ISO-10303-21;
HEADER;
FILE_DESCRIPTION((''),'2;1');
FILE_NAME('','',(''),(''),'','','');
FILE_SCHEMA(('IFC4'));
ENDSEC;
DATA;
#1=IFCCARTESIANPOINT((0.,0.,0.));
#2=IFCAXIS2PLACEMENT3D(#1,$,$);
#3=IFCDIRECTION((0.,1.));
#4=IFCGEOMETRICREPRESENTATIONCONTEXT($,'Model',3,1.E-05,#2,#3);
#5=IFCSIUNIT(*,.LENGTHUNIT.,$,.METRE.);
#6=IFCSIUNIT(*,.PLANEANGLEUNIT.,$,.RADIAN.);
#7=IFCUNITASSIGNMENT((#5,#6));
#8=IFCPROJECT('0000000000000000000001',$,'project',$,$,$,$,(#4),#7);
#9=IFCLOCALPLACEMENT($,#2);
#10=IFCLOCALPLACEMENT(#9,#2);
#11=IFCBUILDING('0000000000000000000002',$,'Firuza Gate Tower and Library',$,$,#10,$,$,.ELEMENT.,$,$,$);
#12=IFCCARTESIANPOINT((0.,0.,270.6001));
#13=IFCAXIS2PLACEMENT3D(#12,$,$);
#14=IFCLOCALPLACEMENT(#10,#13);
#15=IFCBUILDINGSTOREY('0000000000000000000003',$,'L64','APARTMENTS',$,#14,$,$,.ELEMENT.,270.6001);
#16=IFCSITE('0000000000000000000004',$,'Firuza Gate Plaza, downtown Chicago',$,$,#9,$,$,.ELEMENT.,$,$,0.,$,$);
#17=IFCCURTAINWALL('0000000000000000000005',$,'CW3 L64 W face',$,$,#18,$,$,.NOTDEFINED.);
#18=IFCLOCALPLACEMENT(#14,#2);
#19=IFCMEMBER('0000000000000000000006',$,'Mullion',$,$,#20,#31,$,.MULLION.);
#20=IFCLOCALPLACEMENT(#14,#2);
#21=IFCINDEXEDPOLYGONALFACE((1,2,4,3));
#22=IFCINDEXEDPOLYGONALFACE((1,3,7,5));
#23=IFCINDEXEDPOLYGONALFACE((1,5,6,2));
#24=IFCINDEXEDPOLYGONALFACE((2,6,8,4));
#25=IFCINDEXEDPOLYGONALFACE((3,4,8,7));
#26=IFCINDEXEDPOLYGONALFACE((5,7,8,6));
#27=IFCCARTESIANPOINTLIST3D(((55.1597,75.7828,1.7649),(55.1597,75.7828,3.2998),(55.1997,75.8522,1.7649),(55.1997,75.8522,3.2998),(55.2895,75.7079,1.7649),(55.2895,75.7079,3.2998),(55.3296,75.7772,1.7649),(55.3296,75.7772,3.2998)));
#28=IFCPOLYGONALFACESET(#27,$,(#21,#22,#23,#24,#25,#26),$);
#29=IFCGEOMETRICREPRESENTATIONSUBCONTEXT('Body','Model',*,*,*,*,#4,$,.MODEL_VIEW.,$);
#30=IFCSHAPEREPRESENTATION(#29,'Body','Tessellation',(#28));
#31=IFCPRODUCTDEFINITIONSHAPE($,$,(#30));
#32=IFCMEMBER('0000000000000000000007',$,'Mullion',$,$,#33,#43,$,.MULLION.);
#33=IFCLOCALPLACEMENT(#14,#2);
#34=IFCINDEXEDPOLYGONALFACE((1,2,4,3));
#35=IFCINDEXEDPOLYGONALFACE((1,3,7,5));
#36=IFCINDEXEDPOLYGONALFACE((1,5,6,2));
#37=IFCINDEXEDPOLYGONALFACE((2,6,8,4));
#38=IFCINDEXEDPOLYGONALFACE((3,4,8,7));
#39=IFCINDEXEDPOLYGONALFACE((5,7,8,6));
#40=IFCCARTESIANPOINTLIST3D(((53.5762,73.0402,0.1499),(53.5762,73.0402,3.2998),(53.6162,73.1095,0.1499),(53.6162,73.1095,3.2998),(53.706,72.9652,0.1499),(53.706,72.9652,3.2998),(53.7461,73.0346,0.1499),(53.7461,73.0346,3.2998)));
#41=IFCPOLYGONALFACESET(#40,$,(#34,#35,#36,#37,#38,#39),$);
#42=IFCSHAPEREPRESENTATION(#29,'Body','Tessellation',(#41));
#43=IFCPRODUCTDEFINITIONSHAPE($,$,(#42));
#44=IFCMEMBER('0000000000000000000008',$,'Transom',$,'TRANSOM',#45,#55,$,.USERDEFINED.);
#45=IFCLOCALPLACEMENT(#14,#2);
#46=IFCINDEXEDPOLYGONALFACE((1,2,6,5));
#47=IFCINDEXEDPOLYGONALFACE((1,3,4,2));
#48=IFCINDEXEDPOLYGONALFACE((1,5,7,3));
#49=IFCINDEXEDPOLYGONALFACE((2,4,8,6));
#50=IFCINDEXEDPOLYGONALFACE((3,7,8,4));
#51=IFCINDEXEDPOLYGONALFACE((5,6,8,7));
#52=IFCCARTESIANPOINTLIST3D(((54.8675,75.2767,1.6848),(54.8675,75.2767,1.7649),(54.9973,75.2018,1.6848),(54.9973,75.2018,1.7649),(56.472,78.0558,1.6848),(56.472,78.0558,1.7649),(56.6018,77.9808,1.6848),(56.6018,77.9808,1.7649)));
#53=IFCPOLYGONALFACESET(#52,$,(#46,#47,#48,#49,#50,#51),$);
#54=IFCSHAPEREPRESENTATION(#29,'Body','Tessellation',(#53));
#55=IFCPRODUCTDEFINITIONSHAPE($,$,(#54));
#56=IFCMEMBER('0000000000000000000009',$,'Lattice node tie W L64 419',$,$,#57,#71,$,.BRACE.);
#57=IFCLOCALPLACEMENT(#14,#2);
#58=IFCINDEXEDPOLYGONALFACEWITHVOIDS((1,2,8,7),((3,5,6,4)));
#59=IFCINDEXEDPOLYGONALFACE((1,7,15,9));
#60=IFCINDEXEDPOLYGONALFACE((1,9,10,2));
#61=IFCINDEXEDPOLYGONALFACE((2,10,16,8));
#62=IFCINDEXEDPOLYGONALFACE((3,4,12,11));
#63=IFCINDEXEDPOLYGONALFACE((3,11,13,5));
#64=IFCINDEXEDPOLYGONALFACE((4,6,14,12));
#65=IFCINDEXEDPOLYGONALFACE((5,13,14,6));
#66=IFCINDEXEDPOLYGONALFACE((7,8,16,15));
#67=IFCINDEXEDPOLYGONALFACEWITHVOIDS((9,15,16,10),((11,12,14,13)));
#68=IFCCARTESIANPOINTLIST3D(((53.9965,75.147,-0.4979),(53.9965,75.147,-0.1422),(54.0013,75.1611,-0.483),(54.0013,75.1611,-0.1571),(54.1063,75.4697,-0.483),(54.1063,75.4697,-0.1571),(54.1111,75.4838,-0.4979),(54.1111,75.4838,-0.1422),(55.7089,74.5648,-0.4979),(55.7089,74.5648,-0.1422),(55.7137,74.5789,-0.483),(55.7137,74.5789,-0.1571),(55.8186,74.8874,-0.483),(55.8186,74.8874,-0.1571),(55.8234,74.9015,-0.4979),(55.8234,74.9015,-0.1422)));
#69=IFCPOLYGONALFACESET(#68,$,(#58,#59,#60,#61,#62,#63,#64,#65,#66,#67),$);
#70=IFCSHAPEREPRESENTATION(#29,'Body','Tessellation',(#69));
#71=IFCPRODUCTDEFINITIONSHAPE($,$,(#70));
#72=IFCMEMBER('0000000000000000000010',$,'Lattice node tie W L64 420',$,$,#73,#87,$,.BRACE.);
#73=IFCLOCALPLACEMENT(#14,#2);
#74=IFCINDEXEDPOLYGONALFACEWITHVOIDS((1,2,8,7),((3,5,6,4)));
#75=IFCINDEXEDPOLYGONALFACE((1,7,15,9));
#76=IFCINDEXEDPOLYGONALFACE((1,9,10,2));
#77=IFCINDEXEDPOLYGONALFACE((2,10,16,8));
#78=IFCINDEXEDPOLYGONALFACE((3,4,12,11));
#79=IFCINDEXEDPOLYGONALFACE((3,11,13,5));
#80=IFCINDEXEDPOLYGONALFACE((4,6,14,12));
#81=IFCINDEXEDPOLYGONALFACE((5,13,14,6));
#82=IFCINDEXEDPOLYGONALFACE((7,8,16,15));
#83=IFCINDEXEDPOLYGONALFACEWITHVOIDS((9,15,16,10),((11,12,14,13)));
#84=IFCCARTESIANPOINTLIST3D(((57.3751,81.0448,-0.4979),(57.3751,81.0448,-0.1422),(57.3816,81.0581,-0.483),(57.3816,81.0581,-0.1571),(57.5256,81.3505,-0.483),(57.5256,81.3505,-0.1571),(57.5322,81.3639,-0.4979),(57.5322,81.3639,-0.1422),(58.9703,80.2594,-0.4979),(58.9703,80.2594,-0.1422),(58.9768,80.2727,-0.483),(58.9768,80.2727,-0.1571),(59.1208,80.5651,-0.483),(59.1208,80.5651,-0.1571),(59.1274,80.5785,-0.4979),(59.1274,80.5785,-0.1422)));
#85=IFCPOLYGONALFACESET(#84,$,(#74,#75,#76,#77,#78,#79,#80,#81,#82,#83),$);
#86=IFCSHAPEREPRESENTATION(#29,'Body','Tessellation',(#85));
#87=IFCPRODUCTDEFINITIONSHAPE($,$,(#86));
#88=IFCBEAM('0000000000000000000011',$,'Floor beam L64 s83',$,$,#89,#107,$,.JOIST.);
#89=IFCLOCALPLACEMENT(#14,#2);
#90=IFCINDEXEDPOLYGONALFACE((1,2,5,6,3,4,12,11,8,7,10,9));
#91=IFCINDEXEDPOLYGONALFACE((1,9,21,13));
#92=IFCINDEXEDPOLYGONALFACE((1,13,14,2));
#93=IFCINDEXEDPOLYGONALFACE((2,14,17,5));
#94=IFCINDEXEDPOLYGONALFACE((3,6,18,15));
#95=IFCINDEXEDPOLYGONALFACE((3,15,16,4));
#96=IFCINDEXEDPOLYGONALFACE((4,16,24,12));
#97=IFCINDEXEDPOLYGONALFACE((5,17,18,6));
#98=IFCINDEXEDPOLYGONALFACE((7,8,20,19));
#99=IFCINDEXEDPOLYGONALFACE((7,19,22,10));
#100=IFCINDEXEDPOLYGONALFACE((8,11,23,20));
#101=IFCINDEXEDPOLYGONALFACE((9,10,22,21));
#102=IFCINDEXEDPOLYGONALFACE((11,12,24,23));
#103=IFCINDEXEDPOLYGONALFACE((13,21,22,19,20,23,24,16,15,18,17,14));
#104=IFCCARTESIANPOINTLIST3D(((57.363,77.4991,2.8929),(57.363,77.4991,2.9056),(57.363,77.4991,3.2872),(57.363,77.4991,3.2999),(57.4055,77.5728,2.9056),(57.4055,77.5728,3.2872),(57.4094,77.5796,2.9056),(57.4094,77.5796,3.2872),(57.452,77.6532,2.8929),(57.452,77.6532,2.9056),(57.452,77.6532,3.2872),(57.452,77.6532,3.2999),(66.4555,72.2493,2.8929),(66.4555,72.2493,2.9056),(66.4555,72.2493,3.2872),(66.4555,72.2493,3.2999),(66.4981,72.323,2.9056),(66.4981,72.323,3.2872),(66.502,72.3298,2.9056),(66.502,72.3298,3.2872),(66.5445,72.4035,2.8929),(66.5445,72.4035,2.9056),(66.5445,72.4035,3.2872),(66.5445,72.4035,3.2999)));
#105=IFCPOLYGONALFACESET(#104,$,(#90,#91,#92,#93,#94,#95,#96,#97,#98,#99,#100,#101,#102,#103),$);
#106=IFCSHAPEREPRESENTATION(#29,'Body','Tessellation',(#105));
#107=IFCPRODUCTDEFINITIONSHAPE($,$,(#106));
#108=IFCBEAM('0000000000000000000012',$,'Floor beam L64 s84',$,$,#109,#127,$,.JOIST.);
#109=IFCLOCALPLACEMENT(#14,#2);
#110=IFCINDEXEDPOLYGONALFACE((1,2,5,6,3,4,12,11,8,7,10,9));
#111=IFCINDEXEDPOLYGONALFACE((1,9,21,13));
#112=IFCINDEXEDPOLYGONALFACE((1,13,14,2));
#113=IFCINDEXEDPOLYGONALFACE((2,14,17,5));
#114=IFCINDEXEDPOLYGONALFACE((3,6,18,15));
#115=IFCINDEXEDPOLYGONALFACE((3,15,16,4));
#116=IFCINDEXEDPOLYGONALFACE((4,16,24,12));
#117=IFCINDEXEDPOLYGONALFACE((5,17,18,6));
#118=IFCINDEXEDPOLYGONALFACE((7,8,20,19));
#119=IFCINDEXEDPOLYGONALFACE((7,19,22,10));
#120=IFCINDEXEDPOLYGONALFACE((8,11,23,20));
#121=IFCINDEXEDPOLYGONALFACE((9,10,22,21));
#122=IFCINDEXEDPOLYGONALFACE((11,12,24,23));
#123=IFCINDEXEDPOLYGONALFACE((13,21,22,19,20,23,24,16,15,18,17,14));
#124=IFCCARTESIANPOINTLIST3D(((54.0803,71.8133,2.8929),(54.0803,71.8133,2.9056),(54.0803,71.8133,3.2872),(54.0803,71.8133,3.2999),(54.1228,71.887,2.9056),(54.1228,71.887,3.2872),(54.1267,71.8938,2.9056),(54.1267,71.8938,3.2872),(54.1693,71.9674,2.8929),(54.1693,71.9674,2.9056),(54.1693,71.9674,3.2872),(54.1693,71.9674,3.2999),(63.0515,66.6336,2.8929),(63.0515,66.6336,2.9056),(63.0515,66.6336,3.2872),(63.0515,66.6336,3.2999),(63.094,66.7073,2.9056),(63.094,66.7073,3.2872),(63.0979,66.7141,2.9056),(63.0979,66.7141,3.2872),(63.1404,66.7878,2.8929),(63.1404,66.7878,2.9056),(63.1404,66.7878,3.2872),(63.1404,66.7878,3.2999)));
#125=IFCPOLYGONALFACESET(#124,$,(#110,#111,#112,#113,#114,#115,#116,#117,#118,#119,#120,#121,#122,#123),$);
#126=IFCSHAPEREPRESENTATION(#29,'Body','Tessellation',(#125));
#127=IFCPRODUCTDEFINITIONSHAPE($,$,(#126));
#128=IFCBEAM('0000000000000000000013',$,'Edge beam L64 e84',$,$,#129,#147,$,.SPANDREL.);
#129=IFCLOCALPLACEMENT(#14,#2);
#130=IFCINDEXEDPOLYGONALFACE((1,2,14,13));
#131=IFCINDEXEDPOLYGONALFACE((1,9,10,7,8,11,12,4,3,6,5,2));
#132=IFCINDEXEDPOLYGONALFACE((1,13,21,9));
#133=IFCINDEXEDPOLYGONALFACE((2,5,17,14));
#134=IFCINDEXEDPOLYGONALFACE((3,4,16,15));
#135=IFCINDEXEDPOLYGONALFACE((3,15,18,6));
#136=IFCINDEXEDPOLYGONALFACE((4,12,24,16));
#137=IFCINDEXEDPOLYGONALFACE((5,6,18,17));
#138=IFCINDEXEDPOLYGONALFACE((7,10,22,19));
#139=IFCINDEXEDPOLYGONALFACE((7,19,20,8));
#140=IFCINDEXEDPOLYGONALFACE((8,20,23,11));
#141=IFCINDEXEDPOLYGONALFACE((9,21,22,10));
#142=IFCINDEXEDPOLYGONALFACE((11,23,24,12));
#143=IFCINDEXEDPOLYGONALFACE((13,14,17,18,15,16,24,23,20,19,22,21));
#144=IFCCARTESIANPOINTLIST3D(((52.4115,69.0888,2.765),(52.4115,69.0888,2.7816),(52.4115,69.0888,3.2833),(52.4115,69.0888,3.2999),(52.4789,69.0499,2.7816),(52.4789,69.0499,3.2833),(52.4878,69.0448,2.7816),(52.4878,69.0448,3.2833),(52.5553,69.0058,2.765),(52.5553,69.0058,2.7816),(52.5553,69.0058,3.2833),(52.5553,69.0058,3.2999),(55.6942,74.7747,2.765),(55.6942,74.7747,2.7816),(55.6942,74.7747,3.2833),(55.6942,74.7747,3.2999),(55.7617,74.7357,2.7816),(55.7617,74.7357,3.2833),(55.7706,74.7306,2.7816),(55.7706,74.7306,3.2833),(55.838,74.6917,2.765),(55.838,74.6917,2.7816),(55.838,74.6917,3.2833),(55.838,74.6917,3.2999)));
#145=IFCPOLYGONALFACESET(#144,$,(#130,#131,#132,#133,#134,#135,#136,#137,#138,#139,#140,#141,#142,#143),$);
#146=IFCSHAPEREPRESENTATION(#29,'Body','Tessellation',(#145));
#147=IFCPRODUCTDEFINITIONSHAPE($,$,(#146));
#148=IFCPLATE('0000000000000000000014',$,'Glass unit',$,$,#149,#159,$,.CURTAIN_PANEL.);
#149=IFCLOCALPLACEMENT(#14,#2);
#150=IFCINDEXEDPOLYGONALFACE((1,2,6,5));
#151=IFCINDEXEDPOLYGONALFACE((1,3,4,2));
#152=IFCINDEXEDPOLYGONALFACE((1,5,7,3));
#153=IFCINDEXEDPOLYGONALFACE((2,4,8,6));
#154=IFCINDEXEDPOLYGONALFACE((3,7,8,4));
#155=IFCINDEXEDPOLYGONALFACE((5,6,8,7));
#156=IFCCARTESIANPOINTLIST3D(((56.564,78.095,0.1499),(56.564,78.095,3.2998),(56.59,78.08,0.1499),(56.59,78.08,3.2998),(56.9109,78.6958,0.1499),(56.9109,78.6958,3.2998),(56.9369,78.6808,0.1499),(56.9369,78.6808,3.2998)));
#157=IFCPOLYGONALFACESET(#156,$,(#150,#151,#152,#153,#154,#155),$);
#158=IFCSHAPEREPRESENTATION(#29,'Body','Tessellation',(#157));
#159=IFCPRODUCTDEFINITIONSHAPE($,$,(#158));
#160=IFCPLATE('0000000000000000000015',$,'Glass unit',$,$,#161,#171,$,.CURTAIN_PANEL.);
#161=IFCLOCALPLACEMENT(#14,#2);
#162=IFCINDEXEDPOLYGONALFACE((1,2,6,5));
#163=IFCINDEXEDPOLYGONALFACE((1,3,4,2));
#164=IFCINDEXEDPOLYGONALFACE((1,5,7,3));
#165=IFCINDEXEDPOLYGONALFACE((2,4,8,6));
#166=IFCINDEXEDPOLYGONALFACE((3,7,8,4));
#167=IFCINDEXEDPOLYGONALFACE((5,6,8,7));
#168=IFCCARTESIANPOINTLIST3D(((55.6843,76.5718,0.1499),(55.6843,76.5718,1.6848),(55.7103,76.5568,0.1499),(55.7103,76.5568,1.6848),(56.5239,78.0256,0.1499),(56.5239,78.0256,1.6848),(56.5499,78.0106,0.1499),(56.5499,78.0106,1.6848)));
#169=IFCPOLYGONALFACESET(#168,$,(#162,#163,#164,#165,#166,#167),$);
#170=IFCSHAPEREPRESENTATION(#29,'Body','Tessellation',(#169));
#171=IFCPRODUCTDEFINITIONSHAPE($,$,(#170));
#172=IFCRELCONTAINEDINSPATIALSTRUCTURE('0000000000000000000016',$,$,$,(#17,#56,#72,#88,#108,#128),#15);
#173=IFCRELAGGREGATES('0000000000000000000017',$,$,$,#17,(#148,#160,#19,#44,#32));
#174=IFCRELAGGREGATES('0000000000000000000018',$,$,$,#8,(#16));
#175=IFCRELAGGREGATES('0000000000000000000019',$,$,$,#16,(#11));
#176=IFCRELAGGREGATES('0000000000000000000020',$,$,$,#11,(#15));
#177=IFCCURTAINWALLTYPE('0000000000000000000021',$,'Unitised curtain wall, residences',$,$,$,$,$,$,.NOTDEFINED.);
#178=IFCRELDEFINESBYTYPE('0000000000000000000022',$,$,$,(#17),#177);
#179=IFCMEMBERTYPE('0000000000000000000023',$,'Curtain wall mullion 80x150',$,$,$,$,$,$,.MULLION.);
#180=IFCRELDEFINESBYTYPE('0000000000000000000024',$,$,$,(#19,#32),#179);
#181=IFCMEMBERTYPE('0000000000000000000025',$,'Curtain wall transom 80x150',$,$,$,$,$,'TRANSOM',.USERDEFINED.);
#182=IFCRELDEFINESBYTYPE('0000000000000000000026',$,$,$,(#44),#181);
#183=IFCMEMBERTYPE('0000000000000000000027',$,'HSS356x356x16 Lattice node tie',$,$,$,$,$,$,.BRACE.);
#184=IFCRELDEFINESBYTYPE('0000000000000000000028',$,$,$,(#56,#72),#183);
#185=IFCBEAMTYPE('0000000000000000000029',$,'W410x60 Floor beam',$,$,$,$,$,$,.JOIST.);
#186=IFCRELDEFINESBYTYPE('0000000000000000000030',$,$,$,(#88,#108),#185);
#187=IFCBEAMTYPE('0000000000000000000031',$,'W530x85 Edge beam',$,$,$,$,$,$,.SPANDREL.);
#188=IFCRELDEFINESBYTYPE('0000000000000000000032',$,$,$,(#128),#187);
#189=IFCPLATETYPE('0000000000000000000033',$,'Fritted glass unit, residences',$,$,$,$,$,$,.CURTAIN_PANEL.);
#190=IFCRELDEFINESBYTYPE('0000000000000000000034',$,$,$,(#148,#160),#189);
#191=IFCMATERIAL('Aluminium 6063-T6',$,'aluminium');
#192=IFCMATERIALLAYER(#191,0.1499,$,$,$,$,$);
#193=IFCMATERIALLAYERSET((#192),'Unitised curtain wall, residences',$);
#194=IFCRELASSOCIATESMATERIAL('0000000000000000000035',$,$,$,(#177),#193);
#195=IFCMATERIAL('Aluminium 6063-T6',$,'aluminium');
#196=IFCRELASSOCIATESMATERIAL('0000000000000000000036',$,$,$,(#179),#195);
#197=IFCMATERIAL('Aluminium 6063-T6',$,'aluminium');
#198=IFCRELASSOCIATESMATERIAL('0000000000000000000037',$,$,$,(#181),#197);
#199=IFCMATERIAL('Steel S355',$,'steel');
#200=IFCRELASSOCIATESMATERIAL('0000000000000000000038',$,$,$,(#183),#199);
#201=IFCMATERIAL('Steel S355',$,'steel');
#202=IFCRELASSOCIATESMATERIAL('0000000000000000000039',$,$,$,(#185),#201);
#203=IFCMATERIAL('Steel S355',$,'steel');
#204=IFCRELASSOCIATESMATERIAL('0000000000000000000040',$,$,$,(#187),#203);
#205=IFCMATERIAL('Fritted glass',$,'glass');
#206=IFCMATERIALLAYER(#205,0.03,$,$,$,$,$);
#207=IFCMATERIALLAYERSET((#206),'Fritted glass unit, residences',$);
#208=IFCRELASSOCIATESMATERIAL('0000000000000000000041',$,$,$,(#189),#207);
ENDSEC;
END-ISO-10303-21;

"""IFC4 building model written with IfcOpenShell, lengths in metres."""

from ifc_helpers import new_model, si_unit, direction, frame, origin, origin_2d, place, context, subcontext, project, spatial, polyline, rectangle, hollow_rectangle, i_section, outline, extrude, material, layer, layer_set, material_profile, profile_set, type_object, element, aggregate, save


model = new_model("IFC4")

# Units and contexts
model_context = context("Model", 3, precision=1e-05, world=origin(), true_north=direction((0.0, 1.0)))
body_context = subcontext(model_context, "Body", "Model", "MODEL_VIEW")
ifc_project = project(units=[si_unit("LENGTHUNIT", "METRE"), si_unit("PLANEANGLEUNIT", "RADIAN")], contexts=[model_context])

# Site, building, storey
site_placement = place(None, origin())
site = spatial("IfcSite", under=ifc_project, at=site_placement, Name="Firuza Gate Plaza, downtown Chicago", CompositionType="ELEMENT", RefElevation=0.0)
building_placement = place(site_placement, origin())
building = spatial("IfcBuilding", under=site, at=building_placement, Name="Firuza Gate Tower and Library", CompositionType="ELEMENT")
storey_placement = place(building_placement, frame((0.0, 0.0, 270.6001)))
storey = spatial("IfcBuildingStorey", under=building, at=storey_placement, Name="L64", Description="APARTMENTS", CompositionType="ELEMENT", Elevation=270.6001)

# Curtain wall, members
ifc_material_1 = material(Name="Aluminium 6063-T6", Category="aluminium")
ifc_layer_1 = layer(ifc_material_1, 0.1499)
ifc_layer_set_1 = layer_set([ifc_layer_1], Name="Unitised curtain wall, residences")
curtain_wall_type = type_object("IfcCurtainWallType", Name="Unitised curtain wall, residences", PredefinedType="NOTDEFINED", material=ifc_layer_set_1)
curtain_wall_placement = place(storey_placement, origin())
curtain_wall = element("IfcCurtainWall", 1, at=curtain_wall_placement, inside=storey, type_object=curtain_wall_type, Name="CW3 L64 W face", PredefinedType="NOTDEFINED")
ifc_material_2 = material(Name="Aluminium 6063-T6", Category="aluminium")
ifc_material_profile_1 = material_profile(ifc_material_2, rectangle(XDim=0.1499, YDim=0.0801, at=origin_2d()))
ifc_profile_set_1 = profile_set([ifc_material_profile_1], Name="Aluminium 6063-T6")
member_type_1 = type_object("IfcMemberType", Name="Curtain wall mullion 80x150", PredefinedType="MULLION", material=ifc_profile_set_1)
member_1_placement = place(storey_placement, frame((55.2446, 75.78, 1.7649), z_axis=(0.0, 0.0, 1.0), x_axis=(0.866025, -0.5, 0.0)))
member_1 = element("IfcMember", 2, at=member_1_placement, type_object=member_type_1, Name="Mullion", PredefinedType="MULLION", context=body_context, shape_type="SweptSolid", body=[
    extrude(rectangle(XDim=0.1499, YDim=0.0801, at=origin_2d()), origin(), (0.0, 0.0, 1.0), 1.5349),
])
member_2_placement = place(storey_placement, frame((53.6611, 73.0374, 0.1499), z_axis=(0.0, 0.0, 1.0), x_axis=(0.866025, -0.5, 0.0)))
member_2 = element("IfcMember", 3, at=member_2_placement, type_object=member_type_1, Name="Mullion", PredefinedType="MULLION", context=body_context, shape_type="SweptSolid", body=[
    extrude(rectangle(XDim=0.1499, YDim=0.0801, at=origin_2d()), origin(), (0.0, 0.0, 1.0), 3.1499),
])
ifc_material_3 = material(Name="Aluminium 6063-T6", Category="aluminium")
ifc_material_profile_2 = material_profile(ifc_material_3, rectangle(XDim=0.1499, YDim=0.0801, at=origin_2d()))
ifc_profile_set_2 = profile_set([ifc_material_profile_2], Name="Aluminium 6063-T6")
member_type_2 = type_object("IfcMemberType", Name="Curtain wall transom 80x150", ElementType="TRANSOM", PredefinedType="USERDEFINED", material=ifc_profile_set_2)
member_3_placement = place(storey_placement, frame((56.5369, 78.0183, 1.7249), z_axis=(-0.500001, -0.866025, 0.0), x_axis=(0.866025, -0.500001, 0.0)))
member_3 = element("IfcMember", 4, at=member_3_placement, type_object=member_type_2, Name="Transom", ObjectType="TRANSOM", PredefinedType="USERDEFINED", context=body_context, shape_type="SweptSolid", body=[
    extrude(rectangle(XDim=0.1499, YDim=0.0801, at=origin_2d()), origin(), (0.0, 0.0, 1.0), 3.209),
])

# Members
ifc_material_4 = material(Name="Steel S355", Category="steel")
ifc_material_profile_3 = material_profile(ifc_material_4, hollow_rectangle(XDim=0.3557, YDim=0.3557, WallThickness=0.0149, at=origin_2d()))
ifc_profile_set_3 = profile_set([ifc_material_profile_3], Name="Steel S355")
member_type_3 = type_object("IfcMemberType", Name="HSS356x356x16 Lattice node tie", PredefinedType="BRACE", material=ifc_profile_set_3)
member_4_placement = place(storey_placement, frame((55.7661, 74.7332, -0.3201), z_axis=(-0.946763, 0.321932, 0.0), x_axis=(-0.321932, -0.946763, 0.0)))
element("IfcMember", 5, at=member_4_placement, inside=storey, type_object=member_type_3, Name="Lattice node tie W L64 419", PredefinedType="BRACE", context=body_context, shape_type="SweptSolid", body=[
    extrude(hollow_rectangle(XDim=0.3557, YDim=0.3557, WallThickness=0.0149, at=origin_2d()), origin(), (0.0, 0.0, 1.0), 1.8086),
])
member_5_placement = place(storey_placement, frame((59.0488, 80.4189, -0.3201), z_axis=(-0.897156, 0.441713, 0.0), x_axis=(-0.441713, -0.897156, 0.0)))
element("IfcMember", 6, at=member_5_placement, inside=storey, type_object=member_type_3, Name="Lattice node tie W L64 420", PredefinedType="BRACE", context=body_context, shape_type="SweptSolid", body=[
    extrude(hollow_rectangle(XDim=0.3557, YDim=0.3557, WallThickness=0.0149, at=origin_2d()), origin(), (0.0, 0.0, 1.0), 1.7781),
])

# Beams
ifc_material_5 = material(Name="Steel S355", Category="steel")
ifc_material_profile_4 = material_profile(ifc_material_5, i_section(OverallWidth=0.178, OverallDepth=0.407, WebThickness=0.0078, FlangeThickness=0.0127, at=origin_2d()))
ifc_profile_set_4 = profile_set([ifc_material_profile_4], Name="Steel S355")
beam_type_1 = type_object("IfcBeamType", Name="W410x60 Floor beam", PredefinedType="JOIST", material=ifc_profile_set_4)
beam_1_placement = place(storey_placement, frame((57.4075, 77.5762, 3.0964), z_axis=(0.866018, -0.500013, 0.0), x_axis=(0.500013, 0.866018, 0.0)))
element("IfcBeam", 7, at=beam_1_placement, inside=storey, type_object=beam_type_1, Name="Floor beam L64 s83", PredefinedType="JOIST", context=body_context, shape_type="SweptSolid", body=[
    extrude(i_section(OverallWidth=0.178, OverallDepth=0.407, WebThickness=0.0078, FlangeThickness=0.0127, at=origin_2d()), origin(), (0.0, 0.0, 1.0), 10.4993),
])
beam_2_placement = place(storey_placement, frame((54.1248, 71.8904, 3.0964), z_axis=(0.866018, -0.500012, 0.0), x_axis=(0.500012, 0.866018, 0.0)))
element("IfcBeam", 8, at=beam_2_placement, inside=storey, type_object=beam_type_1, Name="Floor beam L64 s84", PredefinedType="JOIST", context=body_context, shape_type="SweptSolid", body=[
    extrude(i_section(OverallWidth=0.178, OverallDepth=0.407, WebThickness=0.0078, FlangeThickness=0.0127, at=origin_2d()), origin(), (0.0, 0.0, 1.0), 10.3591),
])
ifc_material_6 = material(Name="Steel S355", Category="steel")
ifc_material_profile_5 = material_profile(ifc_material_6, i_section(OverallWidth=0.166, OverallDepth=0.5349, WebThickness=0.0103, FlangeThickness=0.0166, at=origin_2d()))
ifc_profile_set_5 = profile_set([ifc_material_profile_5], Name="Steel S355")
beam_type_2 = type_object("IfcBeamType", Name="W530x85 Edge beam", PredefinedType="SPANDREL", material=ifc_profile_set_5)
beam_3_placement = place(storey_placement, frame((55.7661, 74.7332, 3.0325), z_axis=(-0.500002, -0.866024, 0.0), x_axis=(0.866024, -0.500002, 0.0)))
element("IfcBeam", 9, at=beam_3_placement, inside=storey, type_object=beam_type_2, Name="Edge beam L64 e84", PredefinedType="SPANDREL", context=body_context, shape_type="SweptSolid", body=[
    extrude(i_section(OverallWidth=0.166, OverallDepth=0.5349, WebThickness=0.0103, FlangeThickness=0.0166, at=origin_2d()), origin(), (0.0, 0.0, 1.0), 6.5654),
])

# Plates
ifc_material_7 = material(Name="Fritted glass", Category="glass")
ifc_layer_2 = layer(ifc_material_7, 0.03)
ifc_layer_set_2 = layer_set([ifc_layer_2], Name="Fritted glass unit, residences")
plate_type_1 = type_object("IfcPlateType", Name="Fritted glass unit, residences", PredefinedType="CURTAIN_PANEL", material=ifc_layer_set_2)
plate_1_placement = place(storey_placement, frame((56.9109, 78.6958, 0.1499), z_axis=(-0.866004, 0.500037, 0.0), x_axis=(-0.500037, -0.866004, 0.0)))
plate_1 = element("IfcPlate", 10, at=plate_1_placement, type_object=plate_type_1, Name="Glass unit", PredefinedType="CURTAIN_PANEL", context=body_context, shape_type="SweptSolid", body=[
    extrude(outline(polyline([(0.0, 0.0), (0.6938, 0.0), (0.6938, 3.1499), (0.0, 3.1499), (0.0, 0.0)])), origin(), (0.0, 0.0, -1.0), 0.03),
])
plate_2_placement = place(storey_placement, frame((56.5239, 78.0256, 0.1499), z_axis=(-0.86597, 0.500096, 0.0), x_axis=(-0.500096, -0.86597, 0.0)))
plate_2 = element("IfcPlate", 11, at=plate_2_placement, type_object=plate_type_1, Name="Glass unit", PredefinedType="CURTAIN_PANEL", context=body_context, shape_type="SweptSolid", body=[
    extrude(outline(polyline([(0.0, 0.0), (1.6789, 0.0), (1.6789, 1.5349), (0.0, 1.5349), (0.0, 0.0)])), origin(), (0.0, 0.0, -1.0), 0.03),
])
aggregate(curtain_wall, [plate_1, plate_2, member_1, member_3, member_2])

save(model, "model.ifc")
